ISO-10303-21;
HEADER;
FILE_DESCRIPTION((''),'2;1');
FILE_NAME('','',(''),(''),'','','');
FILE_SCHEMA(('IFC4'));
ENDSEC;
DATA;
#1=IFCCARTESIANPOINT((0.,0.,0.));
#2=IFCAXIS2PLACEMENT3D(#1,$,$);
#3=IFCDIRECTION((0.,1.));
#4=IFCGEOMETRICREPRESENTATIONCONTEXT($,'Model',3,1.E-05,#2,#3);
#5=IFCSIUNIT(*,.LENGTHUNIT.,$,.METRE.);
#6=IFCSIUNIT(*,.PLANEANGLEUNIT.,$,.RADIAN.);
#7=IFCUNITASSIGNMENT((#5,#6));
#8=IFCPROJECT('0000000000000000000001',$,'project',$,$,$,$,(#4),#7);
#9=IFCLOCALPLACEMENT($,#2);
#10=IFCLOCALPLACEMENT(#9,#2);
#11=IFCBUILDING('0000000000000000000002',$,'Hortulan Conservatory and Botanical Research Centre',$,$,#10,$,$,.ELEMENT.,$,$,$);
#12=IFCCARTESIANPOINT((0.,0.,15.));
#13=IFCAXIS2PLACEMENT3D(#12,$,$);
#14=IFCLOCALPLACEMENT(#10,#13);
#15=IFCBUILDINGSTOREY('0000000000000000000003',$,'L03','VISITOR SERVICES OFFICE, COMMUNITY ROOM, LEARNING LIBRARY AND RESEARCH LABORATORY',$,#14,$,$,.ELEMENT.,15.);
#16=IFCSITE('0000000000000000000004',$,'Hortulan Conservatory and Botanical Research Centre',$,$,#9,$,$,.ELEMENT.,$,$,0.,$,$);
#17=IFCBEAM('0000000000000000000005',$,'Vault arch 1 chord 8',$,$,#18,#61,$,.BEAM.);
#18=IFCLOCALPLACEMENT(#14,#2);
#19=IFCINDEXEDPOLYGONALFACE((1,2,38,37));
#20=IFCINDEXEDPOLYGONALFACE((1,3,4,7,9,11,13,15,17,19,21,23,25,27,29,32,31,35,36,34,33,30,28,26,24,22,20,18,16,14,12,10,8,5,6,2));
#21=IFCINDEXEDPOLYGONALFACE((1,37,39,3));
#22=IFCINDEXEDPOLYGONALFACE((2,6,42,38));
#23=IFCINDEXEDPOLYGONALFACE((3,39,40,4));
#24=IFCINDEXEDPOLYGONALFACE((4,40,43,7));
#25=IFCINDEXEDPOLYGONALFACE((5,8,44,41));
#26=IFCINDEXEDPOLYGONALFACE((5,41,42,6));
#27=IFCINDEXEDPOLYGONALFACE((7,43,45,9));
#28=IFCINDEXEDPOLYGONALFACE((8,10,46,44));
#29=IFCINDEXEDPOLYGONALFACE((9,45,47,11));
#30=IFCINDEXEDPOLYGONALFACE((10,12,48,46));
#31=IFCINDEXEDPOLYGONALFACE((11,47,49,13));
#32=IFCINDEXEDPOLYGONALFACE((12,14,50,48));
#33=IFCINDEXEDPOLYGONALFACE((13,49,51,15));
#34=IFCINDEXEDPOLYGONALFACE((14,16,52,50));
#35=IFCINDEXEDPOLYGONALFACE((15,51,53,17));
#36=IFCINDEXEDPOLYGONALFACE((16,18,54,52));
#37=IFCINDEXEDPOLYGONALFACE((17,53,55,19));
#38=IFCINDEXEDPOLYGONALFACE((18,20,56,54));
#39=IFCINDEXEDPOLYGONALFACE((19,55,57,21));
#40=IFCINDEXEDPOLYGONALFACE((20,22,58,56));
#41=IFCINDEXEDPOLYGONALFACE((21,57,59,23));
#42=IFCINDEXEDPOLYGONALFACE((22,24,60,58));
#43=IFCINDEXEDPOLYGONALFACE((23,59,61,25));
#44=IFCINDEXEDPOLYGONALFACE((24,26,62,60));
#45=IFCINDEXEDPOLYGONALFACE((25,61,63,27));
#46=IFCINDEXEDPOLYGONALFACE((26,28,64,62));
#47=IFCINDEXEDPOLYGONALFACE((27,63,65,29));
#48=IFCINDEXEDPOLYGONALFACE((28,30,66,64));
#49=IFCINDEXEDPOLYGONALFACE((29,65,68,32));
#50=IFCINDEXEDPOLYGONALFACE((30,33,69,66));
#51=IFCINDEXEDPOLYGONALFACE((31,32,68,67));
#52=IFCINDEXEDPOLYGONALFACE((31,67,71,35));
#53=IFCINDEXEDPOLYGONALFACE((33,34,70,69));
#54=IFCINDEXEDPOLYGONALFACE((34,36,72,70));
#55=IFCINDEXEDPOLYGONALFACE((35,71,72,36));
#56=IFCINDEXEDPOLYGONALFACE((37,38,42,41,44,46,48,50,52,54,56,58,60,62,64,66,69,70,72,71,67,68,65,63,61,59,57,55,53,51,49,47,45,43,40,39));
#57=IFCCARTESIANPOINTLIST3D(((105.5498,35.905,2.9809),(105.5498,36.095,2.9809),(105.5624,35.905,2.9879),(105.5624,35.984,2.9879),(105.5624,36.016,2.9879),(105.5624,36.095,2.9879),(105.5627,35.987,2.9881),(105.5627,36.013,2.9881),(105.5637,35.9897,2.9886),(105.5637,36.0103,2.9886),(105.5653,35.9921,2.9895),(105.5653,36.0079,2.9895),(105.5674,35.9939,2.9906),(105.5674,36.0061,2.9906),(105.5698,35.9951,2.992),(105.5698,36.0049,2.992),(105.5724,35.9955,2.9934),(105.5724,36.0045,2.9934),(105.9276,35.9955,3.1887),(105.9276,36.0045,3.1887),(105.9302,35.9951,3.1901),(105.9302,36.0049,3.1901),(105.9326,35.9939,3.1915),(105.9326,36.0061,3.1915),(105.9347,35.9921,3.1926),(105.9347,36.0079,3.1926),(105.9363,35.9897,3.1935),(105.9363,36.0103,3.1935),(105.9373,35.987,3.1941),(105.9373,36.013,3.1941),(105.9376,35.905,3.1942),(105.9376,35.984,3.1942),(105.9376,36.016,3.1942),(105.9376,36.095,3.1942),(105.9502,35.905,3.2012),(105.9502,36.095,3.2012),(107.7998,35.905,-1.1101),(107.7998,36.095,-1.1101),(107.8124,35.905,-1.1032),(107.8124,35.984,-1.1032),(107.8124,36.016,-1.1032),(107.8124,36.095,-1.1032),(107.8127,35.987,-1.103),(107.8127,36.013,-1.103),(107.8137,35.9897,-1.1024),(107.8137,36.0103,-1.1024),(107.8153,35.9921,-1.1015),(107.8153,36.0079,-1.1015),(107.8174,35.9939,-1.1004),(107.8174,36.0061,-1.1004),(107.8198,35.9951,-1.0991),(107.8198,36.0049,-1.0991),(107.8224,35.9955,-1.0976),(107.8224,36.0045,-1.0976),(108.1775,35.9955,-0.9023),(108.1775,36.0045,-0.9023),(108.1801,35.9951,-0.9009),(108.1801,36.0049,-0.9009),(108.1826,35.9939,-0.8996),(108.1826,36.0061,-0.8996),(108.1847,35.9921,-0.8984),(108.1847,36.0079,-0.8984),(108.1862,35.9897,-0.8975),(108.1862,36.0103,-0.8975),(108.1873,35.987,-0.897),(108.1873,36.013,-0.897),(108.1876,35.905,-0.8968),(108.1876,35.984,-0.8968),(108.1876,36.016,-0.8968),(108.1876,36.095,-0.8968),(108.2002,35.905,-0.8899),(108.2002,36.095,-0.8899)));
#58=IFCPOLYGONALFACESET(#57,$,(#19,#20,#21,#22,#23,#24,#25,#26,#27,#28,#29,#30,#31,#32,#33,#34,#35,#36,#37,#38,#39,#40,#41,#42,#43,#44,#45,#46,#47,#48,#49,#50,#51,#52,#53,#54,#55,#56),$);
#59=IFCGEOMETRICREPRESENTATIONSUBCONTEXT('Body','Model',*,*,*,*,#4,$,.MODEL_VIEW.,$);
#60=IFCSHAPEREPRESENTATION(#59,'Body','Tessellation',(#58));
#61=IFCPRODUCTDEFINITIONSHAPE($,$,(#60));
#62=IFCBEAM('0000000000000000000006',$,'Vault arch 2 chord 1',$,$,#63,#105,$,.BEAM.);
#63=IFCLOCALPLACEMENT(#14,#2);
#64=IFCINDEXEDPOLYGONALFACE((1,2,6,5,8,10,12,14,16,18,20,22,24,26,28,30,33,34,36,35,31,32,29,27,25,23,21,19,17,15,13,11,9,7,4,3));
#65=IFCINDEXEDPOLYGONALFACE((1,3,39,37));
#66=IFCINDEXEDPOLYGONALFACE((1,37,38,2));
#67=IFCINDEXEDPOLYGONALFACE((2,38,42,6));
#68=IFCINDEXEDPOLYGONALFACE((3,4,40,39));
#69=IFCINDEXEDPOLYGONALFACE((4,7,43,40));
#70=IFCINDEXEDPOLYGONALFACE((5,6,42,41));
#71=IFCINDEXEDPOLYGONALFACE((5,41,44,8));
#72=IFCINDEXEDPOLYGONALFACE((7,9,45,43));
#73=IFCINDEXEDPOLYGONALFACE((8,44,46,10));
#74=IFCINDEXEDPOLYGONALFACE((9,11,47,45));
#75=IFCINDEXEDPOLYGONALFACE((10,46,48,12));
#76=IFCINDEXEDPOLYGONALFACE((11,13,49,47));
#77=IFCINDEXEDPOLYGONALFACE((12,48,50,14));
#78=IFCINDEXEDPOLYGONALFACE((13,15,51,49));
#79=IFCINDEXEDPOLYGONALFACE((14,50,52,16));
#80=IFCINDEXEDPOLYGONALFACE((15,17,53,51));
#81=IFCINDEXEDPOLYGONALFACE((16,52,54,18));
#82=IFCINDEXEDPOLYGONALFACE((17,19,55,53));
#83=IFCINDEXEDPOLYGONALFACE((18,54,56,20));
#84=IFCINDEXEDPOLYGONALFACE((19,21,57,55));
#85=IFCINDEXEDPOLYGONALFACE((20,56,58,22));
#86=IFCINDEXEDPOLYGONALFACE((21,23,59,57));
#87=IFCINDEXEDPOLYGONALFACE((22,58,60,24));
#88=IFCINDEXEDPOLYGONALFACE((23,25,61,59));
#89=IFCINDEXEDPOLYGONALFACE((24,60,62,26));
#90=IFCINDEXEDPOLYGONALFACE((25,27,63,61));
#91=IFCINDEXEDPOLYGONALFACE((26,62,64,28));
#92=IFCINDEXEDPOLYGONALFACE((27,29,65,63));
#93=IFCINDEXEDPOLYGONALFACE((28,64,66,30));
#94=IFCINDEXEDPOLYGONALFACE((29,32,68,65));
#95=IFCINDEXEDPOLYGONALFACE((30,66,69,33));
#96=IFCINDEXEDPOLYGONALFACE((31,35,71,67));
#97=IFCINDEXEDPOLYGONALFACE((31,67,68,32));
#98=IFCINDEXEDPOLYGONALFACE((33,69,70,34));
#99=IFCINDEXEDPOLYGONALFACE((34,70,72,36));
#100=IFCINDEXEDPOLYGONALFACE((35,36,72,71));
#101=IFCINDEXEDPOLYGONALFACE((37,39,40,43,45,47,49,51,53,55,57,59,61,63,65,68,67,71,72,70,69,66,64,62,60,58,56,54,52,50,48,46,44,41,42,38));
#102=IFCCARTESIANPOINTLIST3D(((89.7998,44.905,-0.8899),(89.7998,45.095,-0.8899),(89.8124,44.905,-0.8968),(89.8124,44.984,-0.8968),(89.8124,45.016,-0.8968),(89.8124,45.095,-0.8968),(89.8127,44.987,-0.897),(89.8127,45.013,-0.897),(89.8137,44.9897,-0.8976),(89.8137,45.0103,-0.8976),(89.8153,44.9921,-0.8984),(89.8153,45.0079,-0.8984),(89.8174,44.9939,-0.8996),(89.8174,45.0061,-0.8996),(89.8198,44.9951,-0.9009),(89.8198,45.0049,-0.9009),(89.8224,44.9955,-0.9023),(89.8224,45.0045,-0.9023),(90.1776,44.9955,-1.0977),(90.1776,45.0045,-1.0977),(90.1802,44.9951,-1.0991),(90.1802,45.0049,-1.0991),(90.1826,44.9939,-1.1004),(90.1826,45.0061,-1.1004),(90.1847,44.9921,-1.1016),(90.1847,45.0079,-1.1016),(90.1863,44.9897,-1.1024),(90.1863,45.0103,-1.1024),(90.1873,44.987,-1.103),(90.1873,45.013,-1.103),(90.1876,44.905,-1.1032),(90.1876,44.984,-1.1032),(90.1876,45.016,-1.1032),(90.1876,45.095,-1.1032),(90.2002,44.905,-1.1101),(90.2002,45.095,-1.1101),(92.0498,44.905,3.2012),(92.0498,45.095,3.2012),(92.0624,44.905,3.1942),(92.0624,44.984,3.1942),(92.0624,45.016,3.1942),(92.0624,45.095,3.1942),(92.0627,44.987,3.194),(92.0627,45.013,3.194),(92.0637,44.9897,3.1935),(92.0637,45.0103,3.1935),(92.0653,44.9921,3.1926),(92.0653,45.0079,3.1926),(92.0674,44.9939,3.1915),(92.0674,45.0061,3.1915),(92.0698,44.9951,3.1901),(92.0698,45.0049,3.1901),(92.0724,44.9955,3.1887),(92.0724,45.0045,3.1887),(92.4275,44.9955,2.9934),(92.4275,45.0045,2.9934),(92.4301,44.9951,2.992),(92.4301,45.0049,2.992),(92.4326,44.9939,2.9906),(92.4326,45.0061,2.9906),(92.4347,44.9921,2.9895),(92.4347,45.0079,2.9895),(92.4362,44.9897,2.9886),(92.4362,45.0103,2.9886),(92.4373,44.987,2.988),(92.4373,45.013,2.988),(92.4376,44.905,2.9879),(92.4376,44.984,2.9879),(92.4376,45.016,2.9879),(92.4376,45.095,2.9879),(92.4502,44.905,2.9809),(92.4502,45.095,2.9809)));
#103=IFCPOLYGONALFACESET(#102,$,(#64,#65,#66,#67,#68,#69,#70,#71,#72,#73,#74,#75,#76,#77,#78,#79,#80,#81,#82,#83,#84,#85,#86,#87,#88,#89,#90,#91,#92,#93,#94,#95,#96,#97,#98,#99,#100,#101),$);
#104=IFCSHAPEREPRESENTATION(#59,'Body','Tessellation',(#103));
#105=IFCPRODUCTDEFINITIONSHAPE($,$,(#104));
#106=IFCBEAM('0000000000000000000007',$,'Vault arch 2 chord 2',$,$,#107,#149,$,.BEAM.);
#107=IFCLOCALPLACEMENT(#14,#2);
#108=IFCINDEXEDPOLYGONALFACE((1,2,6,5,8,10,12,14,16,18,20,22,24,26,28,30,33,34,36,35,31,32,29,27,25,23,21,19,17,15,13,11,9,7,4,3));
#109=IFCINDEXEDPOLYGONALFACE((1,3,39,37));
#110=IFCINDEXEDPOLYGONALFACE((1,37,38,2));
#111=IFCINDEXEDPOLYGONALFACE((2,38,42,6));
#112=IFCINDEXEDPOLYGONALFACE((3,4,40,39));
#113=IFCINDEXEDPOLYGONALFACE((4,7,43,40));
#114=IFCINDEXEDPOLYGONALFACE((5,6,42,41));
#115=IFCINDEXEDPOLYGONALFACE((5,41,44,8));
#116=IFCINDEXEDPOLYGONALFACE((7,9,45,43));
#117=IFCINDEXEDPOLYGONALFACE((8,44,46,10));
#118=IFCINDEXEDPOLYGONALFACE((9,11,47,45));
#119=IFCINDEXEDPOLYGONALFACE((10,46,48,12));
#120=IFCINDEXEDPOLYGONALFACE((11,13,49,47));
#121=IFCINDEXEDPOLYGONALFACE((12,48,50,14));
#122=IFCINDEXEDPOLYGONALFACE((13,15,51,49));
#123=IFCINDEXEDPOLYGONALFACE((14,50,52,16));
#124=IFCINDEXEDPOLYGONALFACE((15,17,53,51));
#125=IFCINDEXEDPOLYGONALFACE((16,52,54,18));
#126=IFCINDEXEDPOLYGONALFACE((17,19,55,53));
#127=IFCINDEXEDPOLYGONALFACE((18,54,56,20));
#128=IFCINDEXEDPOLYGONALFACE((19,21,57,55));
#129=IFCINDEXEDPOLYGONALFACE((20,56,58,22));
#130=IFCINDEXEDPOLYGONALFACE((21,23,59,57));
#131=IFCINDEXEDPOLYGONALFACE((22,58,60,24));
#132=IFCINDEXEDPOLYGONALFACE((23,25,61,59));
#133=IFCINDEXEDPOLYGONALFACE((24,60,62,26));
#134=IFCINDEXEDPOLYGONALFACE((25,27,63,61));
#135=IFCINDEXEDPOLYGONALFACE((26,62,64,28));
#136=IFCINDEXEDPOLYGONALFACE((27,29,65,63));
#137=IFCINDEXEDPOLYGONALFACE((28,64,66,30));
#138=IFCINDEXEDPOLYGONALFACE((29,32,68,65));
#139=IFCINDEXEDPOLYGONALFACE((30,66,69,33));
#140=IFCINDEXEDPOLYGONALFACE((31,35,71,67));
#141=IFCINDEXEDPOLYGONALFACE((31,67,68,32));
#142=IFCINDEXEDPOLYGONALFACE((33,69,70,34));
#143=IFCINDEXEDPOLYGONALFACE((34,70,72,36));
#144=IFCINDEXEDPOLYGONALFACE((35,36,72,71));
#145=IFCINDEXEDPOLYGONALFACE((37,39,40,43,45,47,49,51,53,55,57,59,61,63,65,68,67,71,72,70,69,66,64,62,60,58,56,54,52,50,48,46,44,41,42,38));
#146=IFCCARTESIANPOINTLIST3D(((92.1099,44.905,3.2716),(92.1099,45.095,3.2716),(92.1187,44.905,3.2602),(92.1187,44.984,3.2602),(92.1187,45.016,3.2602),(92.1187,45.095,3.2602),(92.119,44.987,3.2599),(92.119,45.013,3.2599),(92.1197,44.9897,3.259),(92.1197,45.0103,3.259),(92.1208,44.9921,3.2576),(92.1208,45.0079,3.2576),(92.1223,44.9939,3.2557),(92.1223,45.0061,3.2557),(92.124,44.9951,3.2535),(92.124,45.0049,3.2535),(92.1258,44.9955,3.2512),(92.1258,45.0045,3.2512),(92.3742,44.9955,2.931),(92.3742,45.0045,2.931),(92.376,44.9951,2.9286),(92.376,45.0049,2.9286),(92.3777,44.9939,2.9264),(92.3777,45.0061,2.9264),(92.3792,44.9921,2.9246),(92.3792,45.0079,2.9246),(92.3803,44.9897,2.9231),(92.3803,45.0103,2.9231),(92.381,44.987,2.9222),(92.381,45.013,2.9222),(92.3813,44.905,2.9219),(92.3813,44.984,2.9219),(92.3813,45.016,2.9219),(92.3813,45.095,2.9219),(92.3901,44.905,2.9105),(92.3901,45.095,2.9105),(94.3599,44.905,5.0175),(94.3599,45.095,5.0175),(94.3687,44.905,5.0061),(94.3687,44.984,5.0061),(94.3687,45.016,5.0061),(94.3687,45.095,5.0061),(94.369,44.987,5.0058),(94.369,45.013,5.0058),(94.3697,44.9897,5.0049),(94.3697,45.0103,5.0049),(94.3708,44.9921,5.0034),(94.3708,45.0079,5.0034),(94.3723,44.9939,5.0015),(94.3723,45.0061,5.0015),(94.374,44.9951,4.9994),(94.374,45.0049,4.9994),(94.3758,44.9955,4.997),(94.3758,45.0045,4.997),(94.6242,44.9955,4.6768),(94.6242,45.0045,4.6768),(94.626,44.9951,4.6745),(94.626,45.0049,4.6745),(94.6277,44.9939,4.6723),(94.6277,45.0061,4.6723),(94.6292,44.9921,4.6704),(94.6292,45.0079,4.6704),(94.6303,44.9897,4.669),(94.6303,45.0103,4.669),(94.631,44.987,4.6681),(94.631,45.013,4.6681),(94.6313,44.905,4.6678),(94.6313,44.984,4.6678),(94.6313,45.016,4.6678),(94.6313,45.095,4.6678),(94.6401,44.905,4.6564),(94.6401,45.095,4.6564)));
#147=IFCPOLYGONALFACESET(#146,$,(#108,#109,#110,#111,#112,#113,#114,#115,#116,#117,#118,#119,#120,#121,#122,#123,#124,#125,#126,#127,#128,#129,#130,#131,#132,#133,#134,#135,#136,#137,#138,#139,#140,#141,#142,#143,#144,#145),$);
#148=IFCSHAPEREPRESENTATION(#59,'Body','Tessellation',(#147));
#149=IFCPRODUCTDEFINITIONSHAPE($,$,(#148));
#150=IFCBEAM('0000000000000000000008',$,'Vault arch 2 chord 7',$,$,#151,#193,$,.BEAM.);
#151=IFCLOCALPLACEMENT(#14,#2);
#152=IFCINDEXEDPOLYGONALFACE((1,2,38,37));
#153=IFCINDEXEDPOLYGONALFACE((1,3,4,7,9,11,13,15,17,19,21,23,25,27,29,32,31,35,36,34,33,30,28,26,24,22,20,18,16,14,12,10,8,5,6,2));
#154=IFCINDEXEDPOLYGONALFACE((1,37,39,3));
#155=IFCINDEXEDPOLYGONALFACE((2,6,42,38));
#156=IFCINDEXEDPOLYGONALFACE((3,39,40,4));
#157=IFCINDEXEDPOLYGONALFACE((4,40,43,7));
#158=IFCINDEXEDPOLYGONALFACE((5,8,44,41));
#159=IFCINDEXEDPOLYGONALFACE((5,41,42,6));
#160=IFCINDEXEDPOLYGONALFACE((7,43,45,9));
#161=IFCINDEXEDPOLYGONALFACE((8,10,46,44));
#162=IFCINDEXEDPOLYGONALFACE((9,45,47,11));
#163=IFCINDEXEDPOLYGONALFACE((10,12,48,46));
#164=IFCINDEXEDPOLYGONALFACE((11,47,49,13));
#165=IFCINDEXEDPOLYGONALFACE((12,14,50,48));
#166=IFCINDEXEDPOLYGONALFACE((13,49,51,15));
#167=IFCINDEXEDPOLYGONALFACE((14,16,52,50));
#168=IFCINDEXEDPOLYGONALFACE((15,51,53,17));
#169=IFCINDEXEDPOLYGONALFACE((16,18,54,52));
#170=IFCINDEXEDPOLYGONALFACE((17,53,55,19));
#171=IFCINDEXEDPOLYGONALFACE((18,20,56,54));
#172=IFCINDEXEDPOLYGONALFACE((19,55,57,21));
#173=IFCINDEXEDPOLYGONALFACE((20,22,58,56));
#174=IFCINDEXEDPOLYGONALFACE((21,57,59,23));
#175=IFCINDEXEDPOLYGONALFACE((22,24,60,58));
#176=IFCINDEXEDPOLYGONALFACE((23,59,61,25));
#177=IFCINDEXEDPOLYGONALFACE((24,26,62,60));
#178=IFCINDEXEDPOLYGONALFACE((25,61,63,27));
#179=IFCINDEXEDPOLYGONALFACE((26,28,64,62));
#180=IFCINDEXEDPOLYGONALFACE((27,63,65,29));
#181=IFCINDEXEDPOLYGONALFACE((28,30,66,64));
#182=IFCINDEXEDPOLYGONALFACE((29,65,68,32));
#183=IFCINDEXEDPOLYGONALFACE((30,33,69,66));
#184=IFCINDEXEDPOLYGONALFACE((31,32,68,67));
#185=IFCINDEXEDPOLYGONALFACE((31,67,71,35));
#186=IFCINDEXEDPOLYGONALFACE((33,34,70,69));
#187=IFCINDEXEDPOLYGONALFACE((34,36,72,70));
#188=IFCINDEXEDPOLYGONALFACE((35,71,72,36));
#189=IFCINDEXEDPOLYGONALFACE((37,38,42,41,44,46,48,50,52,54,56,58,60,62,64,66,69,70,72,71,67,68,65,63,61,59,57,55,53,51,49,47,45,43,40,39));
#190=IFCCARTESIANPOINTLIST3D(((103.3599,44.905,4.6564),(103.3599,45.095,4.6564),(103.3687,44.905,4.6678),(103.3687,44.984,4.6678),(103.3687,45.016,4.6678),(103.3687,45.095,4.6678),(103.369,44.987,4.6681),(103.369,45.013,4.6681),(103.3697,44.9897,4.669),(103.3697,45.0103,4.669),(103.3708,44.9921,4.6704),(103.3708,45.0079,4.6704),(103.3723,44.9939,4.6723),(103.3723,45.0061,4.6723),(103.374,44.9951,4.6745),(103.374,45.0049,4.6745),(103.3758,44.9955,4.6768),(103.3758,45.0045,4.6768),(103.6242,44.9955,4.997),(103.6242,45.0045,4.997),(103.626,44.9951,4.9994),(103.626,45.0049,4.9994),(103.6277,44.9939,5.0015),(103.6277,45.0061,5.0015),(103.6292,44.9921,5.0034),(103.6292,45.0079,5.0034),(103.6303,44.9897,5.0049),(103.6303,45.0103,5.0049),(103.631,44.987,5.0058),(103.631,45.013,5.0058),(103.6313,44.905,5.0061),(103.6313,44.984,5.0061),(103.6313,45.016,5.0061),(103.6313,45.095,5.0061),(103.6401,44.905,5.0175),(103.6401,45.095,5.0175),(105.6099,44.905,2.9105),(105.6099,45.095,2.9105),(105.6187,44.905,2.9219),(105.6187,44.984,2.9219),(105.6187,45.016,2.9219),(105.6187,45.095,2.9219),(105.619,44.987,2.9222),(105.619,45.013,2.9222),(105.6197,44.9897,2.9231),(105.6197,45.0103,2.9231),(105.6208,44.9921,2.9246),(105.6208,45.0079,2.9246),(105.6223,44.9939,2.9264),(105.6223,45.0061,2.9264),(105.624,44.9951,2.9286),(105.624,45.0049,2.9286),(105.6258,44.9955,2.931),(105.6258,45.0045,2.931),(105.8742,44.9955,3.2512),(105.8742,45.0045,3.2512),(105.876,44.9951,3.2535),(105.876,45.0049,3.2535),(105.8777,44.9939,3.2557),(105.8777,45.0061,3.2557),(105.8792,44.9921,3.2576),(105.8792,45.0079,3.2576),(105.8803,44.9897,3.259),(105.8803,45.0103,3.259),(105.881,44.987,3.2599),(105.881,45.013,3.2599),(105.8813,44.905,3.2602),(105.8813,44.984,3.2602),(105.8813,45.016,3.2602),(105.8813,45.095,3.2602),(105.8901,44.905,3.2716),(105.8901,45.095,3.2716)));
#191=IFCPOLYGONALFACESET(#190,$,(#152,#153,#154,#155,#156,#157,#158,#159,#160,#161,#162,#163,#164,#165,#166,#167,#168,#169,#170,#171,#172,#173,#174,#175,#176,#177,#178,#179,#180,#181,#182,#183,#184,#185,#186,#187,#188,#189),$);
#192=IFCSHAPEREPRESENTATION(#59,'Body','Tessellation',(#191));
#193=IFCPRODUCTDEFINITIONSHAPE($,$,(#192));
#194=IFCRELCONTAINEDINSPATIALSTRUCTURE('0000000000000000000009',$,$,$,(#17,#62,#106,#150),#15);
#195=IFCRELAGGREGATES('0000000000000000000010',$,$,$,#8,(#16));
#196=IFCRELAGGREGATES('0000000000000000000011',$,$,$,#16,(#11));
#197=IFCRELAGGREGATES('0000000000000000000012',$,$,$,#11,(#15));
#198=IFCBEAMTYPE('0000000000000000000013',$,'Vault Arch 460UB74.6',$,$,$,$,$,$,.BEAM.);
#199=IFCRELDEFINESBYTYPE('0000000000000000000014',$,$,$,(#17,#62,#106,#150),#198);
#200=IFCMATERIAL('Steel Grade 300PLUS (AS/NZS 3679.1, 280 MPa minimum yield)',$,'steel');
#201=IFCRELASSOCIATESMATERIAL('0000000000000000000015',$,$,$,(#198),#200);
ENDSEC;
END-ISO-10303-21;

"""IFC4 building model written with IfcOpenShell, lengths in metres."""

from ifc_helpers import new_model, si_unit, direction, frame, origin, origin_2d, place, context, subcontext, project, spatial, i_section, extrude, material, material_profile, profile_set, type_object, element, save


model = new_model("IFC4")

# Units and contexts
model_context = context("Model", 3, precision=1e-05, world=origin(), true_north=direction((0.0, 1.0)))
body_context = subcontext(model_context, "Body", "Model", "MODEL_VIEW")
ifc_project = project(units=[si_unit("LENGTHUNIT", "METRE"), si_unit("PLANEANGLEUNIT", "RADIAN")], contexts=[model_context])

# Site, building, storey
site_placement = place(None, origin())
site = spatial("IfcSite", under=ifc_project, at=site_placement, Name="Hortulan Conservatory and Botanical Research Centre", CompositionType="ELEMENT", RefElevation=0.0)
building_placement = place(site_placement, origin())
building = spatial("IfcBuilding", under=site, at=building_placement, Name="Hortulan Conservatory and Botanical Research Centre", CompositionType="ELEMENT")
storey_placement = place(building_placement, frame((0.0, 0.0, 15.0)))
storey = spatial("IfcBuildingStorey", under=building, at=storey_placement, Name="L03", Description="VISITOR SERVICES OFFICE, COMMUNITY ROOM, LEARNING LIBRARY AND RESEARCH LABORATORY", CompositionType="ELEMENT", Elevation=15.0)

# Beams
ifc_material_1 = material(Name="Steel Grade 300PLUS (AS/NZS 3679.1, 280 MPa minimum yield)", Category="steel")
ifc_material_profile_1 = material_profile(ifc_material_1, i_section(OverallWidth=0.1899, OverallDepth=0.457, WebThickness=0.009, FlangeThickness=0.0144, FilletRadius=0.0115, at=origin_2d()), Name="460UB74.6")
ifc_profile_set_1 = profile_set([ifc_material_profile_1], Name="Steel Grade 300PLUS (AS/NZS 3679.1, 280 MPa minimum yield)")
beam_type_1 = type_object("IfcBeamType", Name="Vault Arch 460UB74.6", PredefinedType="BEAM", material=ifc_profile_set_1)
for number, where, z_axis, x_axis, name in (
    (1, (105.75, 36.0, 3.0911), (0.481905, 0.0, -0.876224), (0.0, 1.0, 0.0), "Vault arch 1 chord 8"),
    (2, (90.0, 45.0, -1.0), (0.481905, 0.0, 0.876224), (0.0, 1.0, 0.0), "Vault arch 2 chord 1"),
):
    element("IfcBeam", number, at=place(storey_placement, frame(where, z_axis=z_axis, x_axis=x_axis)), inside=storey, type_object=beam_type_1, Name=name, PredefinedType="BEAM", context=body_context, shape_type="SweptSolid", body=[
        extrude(i_section(OverallWidth=0.1899, OverallDepth=0.457, WebThickness=0.009, FlangeThickness=0.0144, FilletRadius=0.0115, at=origin_2d()), origin(), (0.0, 0.0, 1.0), 4.6689),
    ])
for number, where, z_axis, x_axis, name in (
    (3, (92.25, 45.0, 3.0911), (0.790058, 0.0, 0.613032), (0.0, 1.0, 0.0), "Vault arch 2 chord 2"),
    (4, (103.5, 45.0, 4.8369), (0.790058, 0.0, -0.613032), (0.0, 1.0, 0.0), "Vault arch 2 chord 7"),
):
    element("IfcBeam", number, at=place(storey_placement, frame(where, z_axis=z_axis, x_axis=x_axis)), inside=storey, type_object=beam_type_1, Name=name, PredefinedType="BEAM", context=body_context, shape_type="SweptSolid", body=[
        extrude(i_section(OverallWidth=0.1899, OverallDepth=0.457, WebThickness=0.009, FlangeThickness=0.0144, FilletRadius=0.0115, at=origin_2d()), origin(), (0.0, 0.0, 1.0), 2.8479),
    ])

save(model, "model.ifc")
